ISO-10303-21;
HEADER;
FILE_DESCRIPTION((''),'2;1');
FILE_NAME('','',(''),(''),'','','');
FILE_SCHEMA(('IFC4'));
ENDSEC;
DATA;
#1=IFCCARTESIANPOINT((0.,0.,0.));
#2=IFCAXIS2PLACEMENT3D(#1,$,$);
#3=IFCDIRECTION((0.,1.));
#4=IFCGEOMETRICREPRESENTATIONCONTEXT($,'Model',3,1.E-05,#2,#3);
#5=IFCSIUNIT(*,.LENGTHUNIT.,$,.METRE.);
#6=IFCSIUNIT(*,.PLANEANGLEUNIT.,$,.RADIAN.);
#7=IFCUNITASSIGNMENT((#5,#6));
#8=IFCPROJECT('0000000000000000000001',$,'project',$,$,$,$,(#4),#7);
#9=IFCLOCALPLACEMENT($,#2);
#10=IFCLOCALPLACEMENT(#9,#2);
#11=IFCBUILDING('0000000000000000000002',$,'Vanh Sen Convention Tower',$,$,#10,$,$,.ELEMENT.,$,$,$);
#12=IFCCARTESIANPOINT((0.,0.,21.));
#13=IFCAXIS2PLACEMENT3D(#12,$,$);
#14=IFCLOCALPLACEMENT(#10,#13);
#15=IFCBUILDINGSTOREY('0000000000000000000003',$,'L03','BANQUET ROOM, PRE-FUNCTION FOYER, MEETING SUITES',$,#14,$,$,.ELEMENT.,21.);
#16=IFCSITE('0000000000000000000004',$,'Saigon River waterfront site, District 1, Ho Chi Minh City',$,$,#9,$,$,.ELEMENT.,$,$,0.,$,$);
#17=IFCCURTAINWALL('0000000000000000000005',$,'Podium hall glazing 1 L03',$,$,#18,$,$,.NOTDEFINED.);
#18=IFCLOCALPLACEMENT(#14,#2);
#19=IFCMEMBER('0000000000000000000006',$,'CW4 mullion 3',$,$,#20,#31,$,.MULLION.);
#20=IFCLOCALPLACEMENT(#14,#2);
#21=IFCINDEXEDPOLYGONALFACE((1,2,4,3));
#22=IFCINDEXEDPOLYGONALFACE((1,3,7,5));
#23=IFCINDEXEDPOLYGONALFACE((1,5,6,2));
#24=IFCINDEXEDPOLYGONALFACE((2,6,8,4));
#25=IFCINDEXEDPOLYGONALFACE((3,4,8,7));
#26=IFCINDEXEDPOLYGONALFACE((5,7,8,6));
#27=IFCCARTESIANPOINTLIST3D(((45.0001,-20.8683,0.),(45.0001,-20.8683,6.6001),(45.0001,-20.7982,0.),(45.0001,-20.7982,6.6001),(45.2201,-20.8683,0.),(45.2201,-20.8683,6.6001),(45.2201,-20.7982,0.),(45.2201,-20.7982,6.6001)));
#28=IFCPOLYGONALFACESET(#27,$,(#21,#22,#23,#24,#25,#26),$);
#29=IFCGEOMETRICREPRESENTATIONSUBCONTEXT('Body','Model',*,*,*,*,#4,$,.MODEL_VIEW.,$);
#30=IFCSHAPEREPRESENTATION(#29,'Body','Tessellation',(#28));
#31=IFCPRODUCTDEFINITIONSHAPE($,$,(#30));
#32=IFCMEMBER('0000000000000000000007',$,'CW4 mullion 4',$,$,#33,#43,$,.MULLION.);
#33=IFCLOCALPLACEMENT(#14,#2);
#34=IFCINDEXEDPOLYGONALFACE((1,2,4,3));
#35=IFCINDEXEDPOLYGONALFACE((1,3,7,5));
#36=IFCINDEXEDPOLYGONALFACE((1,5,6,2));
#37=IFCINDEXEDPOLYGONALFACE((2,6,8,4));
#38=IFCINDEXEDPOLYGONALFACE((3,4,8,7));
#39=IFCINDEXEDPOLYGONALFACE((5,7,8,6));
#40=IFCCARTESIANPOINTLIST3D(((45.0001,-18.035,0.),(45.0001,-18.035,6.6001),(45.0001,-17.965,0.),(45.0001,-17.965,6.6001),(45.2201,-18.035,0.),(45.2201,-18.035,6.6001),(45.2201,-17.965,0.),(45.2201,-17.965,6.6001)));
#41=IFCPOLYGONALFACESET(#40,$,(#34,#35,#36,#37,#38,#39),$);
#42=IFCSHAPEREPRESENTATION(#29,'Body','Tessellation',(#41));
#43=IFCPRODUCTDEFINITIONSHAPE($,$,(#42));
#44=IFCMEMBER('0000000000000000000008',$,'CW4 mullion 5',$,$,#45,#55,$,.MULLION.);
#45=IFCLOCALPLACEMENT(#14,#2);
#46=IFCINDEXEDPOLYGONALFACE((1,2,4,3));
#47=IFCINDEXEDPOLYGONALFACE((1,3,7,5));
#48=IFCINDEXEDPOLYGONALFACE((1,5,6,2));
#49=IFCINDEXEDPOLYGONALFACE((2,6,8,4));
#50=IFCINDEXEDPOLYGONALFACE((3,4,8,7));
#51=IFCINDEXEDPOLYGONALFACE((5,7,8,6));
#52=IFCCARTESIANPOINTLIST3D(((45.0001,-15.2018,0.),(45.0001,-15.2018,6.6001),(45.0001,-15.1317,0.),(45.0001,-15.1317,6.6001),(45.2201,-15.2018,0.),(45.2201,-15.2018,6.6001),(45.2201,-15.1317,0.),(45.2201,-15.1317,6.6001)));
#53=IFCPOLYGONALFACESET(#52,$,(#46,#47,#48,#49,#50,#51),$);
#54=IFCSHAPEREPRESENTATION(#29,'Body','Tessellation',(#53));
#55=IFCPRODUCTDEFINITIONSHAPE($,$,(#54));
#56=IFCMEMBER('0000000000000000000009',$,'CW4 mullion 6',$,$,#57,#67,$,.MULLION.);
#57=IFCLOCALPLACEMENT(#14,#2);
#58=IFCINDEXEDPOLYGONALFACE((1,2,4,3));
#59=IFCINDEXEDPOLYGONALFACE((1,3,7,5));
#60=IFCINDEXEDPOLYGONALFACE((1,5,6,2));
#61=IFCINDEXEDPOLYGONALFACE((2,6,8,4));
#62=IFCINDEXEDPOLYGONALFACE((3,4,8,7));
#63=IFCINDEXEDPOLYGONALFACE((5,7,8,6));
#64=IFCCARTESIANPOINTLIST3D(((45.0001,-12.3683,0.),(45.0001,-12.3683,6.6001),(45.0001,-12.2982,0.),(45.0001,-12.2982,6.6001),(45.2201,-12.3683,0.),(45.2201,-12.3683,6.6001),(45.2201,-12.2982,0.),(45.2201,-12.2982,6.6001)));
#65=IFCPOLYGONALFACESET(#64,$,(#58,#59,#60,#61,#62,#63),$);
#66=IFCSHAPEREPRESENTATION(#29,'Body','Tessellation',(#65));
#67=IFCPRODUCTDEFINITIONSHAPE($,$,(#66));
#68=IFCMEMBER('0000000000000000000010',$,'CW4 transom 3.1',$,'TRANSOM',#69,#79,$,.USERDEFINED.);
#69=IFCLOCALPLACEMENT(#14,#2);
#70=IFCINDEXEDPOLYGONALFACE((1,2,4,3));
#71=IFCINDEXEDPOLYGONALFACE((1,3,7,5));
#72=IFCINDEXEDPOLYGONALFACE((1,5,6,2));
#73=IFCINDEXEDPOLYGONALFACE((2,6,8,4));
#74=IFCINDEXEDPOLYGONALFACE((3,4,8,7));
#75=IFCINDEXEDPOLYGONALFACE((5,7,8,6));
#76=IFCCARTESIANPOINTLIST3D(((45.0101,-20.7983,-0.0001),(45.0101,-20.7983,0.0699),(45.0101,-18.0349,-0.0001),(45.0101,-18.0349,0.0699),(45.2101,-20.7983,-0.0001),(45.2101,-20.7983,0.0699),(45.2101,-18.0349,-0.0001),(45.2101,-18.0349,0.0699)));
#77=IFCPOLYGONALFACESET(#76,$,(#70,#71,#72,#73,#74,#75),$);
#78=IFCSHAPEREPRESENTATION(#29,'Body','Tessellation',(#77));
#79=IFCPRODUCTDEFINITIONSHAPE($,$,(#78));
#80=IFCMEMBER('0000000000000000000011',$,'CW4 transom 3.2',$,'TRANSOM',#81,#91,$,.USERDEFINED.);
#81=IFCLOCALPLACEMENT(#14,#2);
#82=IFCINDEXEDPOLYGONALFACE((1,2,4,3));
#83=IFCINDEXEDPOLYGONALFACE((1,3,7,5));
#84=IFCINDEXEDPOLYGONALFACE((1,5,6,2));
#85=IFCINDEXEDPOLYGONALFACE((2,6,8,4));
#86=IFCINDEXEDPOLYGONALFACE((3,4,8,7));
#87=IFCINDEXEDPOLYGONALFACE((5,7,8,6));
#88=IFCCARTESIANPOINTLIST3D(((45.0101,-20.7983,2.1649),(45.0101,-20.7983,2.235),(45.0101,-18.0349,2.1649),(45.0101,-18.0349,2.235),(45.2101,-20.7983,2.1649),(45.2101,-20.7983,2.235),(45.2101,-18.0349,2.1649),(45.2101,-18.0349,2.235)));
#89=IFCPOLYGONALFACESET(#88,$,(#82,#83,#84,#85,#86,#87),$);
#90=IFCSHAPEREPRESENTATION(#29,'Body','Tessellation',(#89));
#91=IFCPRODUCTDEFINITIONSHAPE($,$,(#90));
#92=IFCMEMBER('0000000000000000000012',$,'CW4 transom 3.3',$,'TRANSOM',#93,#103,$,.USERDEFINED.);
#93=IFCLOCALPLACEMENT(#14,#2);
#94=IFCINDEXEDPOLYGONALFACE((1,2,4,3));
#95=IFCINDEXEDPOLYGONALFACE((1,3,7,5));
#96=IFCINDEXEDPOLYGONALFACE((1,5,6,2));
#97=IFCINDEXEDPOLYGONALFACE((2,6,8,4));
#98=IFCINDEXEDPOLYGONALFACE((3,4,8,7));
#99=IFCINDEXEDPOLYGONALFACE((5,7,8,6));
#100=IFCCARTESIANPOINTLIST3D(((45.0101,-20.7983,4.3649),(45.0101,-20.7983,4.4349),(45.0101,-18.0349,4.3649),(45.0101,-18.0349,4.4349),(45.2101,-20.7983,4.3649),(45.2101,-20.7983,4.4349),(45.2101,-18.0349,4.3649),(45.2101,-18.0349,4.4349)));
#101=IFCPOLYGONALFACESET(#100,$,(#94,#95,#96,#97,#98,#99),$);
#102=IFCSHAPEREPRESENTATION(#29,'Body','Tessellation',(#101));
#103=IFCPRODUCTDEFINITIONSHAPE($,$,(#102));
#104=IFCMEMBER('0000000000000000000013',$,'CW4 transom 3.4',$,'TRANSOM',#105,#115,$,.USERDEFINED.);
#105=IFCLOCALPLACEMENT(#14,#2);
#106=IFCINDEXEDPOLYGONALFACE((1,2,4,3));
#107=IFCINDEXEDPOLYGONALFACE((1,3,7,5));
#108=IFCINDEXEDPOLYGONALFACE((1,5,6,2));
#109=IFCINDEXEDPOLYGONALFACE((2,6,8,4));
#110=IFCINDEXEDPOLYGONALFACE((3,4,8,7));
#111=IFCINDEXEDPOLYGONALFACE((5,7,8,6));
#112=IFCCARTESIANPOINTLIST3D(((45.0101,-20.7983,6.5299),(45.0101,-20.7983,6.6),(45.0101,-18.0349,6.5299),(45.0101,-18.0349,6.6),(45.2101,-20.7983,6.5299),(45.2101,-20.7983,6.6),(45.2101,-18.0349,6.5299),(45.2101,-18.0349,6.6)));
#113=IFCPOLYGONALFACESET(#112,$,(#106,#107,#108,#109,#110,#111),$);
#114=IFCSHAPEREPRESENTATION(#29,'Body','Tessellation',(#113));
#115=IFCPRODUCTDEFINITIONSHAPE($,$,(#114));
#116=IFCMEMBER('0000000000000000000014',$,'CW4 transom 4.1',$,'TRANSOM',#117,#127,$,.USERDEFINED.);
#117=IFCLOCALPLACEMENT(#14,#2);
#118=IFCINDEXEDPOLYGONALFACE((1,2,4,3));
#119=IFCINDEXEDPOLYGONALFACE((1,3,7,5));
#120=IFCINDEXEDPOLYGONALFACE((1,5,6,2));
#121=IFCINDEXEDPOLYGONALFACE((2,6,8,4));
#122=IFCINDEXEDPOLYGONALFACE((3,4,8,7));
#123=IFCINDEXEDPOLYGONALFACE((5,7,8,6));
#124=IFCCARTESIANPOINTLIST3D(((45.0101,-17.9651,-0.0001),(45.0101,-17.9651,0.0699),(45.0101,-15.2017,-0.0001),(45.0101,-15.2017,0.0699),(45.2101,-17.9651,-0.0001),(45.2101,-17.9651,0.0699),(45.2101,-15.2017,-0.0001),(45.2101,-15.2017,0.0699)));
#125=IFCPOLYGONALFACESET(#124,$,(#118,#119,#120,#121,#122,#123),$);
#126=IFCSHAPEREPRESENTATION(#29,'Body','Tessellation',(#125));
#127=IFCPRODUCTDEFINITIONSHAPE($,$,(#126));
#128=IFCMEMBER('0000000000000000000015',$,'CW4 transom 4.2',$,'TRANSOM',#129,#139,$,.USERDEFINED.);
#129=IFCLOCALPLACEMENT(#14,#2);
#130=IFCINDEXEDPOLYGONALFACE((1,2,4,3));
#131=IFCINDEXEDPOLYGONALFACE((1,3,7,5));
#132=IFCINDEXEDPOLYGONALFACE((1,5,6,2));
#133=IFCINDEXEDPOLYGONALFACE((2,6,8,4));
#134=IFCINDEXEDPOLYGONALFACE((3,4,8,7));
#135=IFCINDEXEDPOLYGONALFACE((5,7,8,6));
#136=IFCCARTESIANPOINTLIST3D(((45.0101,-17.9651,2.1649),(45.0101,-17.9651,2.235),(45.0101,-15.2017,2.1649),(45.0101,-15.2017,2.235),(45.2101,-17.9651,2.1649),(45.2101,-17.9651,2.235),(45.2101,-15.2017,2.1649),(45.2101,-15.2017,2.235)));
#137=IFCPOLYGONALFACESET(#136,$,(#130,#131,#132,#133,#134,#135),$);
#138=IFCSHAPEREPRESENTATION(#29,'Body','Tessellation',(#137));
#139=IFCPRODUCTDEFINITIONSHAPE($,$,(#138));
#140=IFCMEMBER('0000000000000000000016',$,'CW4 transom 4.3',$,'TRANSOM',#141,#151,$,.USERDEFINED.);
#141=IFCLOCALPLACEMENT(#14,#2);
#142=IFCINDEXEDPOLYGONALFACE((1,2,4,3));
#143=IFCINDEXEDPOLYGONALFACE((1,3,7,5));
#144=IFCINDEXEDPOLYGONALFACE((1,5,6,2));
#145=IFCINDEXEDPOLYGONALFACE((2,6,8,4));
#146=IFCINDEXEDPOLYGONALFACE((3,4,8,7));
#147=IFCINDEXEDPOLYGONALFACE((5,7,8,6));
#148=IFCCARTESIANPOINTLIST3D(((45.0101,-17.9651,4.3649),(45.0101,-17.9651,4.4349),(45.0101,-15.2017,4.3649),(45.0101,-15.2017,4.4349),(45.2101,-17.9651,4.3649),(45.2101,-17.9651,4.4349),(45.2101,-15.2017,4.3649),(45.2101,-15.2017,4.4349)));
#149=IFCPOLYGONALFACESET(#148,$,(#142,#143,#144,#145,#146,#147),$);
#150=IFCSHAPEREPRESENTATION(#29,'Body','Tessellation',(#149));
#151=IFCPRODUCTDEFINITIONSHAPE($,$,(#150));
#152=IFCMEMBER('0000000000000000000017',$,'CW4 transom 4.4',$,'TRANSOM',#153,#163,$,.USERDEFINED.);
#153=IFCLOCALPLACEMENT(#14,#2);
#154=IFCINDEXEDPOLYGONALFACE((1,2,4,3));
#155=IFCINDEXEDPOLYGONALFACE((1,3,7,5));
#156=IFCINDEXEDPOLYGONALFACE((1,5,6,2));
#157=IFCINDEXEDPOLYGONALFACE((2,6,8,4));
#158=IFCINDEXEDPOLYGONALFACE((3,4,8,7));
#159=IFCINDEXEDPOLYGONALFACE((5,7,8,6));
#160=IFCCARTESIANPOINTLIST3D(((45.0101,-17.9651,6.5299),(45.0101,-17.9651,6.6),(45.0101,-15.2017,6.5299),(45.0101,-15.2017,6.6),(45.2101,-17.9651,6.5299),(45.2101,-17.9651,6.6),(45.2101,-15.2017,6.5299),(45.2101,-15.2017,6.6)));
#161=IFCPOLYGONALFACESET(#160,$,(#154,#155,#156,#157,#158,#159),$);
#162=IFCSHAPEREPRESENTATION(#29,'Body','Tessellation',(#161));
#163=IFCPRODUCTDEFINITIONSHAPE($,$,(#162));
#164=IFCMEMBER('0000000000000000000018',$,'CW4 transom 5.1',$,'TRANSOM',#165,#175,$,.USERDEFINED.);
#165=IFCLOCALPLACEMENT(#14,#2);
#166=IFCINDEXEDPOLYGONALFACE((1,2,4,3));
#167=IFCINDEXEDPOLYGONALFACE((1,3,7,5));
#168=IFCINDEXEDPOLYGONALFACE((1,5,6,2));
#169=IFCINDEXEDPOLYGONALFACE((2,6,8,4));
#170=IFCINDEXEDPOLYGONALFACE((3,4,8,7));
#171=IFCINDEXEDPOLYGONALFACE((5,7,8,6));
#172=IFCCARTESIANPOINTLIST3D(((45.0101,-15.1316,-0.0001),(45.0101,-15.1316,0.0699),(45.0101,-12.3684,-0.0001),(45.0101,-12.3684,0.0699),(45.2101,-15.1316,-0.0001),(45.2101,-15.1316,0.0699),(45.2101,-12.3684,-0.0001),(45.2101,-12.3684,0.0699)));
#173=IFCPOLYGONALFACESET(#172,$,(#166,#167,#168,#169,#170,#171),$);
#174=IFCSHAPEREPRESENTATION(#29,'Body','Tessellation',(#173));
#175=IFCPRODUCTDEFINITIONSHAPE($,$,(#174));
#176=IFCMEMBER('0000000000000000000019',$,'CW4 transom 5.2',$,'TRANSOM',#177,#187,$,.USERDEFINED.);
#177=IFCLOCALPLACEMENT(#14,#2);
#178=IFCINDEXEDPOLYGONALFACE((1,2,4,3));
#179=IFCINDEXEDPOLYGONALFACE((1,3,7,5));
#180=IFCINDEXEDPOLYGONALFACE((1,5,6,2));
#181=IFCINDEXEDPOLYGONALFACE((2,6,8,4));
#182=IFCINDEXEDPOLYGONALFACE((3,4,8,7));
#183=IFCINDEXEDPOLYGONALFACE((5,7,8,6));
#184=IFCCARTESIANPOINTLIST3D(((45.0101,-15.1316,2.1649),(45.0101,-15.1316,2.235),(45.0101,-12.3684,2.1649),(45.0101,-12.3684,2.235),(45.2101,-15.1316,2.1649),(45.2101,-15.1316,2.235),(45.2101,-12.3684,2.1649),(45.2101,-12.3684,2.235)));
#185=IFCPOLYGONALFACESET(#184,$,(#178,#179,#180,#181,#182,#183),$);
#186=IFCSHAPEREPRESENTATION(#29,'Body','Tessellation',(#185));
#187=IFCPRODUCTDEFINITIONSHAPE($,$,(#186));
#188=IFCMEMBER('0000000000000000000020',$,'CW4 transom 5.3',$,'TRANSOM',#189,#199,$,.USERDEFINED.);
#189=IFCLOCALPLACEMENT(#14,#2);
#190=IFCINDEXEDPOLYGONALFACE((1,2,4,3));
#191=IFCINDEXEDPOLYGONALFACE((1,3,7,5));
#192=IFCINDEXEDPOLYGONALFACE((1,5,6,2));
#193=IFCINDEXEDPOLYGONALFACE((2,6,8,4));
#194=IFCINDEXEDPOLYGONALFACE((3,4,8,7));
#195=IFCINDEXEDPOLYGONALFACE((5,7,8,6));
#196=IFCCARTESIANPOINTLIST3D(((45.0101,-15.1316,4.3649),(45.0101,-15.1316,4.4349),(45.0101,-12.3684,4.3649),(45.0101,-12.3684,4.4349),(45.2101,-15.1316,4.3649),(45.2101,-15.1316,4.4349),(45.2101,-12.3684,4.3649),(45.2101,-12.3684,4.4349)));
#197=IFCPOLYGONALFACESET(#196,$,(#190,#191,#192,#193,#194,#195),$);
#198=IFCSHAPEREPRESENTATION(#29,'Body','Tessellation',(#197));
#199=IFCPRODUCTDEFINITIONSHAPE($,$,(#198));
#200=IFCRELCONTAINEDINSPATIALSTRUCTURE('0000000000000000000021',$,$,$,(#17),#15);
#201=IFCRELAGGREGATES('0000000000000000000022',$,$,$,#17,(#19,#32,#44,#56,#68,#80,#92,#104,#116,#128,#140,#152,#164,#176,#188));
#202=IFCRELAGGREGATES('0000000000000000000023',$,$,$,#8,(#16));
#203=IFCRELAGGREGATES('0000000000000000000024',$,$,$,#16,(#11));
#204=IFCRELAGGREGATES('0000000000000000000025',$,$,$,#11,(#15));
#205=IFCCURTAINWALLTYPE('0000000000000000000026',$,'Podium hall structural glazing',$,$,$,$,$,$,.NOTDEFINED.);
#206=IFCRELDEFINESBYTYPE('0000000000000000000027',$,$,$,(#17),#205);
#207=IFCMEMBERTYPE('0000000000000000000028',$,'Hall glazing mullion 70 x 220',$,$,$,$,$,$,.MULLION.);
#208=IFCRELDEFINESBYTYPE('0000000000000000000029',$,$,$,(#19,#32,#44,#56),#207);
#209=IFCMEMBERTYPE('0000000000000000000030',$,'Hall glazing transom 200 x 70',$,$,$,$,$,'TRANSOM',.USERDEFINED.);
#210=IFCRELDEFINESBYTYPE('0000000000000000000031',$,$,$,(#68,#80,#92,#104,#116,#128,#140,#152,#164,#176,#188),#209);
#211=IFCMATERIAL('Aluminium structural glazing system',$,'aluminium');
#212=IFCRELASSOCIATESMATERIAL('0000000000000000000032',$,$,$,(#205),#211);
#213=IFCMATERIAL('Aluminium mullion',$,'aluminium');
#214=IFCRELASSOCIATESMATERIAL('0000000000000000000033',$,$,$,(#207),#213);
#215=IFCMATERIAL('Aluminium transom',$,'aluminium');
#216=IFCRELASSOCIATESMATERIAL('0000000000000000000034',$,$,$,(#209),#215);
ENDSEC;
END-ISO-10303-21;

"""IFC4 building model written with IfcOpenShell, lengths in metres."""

from ifc_helpers import new_model, si_unit, direction, frame, origin, origin_2d, place, context, subcontext, project, spatial, rectangle, extrude, material, material_profile, profile_set, type_object, element, aggregate, save


model = new_model("IFC4")

# Units and contexts
model_context = context("Model", 3, precision=1e-05, world=origin(), true_north=direction((0.0, 1.0)))
body_context = subcontext(model_context, "Body", "Model", "MODEL_VIEW")
ifc_project = project(units=[si_unit("LENGTHUNIT", "METRE"), si_unit("PLANEANGLEUNIT", "RADIAN")], contexts=[model_context])

# Site, building, storey
site_placement = place(None, origin())
site = spatial("IfcSite", under=ifc_project, at=site_placement, Name="Saigon River waterfront site, District 1, Ho Chi Minh City", CompositionType="ELEMENT", RefElevation=0.0)
building_placement = place(site_placement, origin())
building = spatial("IfcBuilding", under=site, at=building_placement, Name="Vanh Sen Convention Tower", CompositionType="ELEMENT")
storey_placement = place(building_placement, frame((0.0, 0.0, 21.0)))
storey = spatial("IfcBuildingStorey", under=building, at=storey_placement, Name="L03", Description="BANQUET ROOM, PRE-FUNCTION FOYER, MEETING SUITES", CompositionType="ELEMENT", Elevation=21.0)

# Curtain wall, members
ifc_material_1 = material(Name="Aluminium structural glazing system", Category="aluminium")
curtain_wall_type = type_object("IfcCurtainWallType", Name="Podium hall structural glazing", PredefinedType="NOTDEFINED", material=ifc_material_1)
curtain_wall_placement = place(storey_placement, origin())
curtain_wall = element("IfcCurtainWall", 1, at=curtain_wall_placement, inside=storey, type_object=curtain_wall_type, Name="Podium hall glazing 1 L03", PredefinedType="NOTDEFINED")
ifc_material_2 = material(Name="Aluminium mullion", Category="aluminium")
ifc_material_profile_1 = material_profile(ifc_material_2, rectangle(XDim=0.22, YDim=0.0701, at=origin_2d()), Name="Hall glazing mullion 70 x 220")
ifc_profile_set_1 = profile_set([ifc_material_profile_1], Name="Aluminium mullion")
member_type_1 = type_object("IfcMemberType", Name="Hall glazing mullion 70 x 220", PredefinedType="MULLION", material=ifc_profile_set_1)
member_1_placement = place(storey_placement, frame((45.1101, -20.8333, 0.0), z_axis=(0.0, 0.0, 1.0), x_axis=(-1.0, 0.0, 0.0)))
member_1 = element("IfcMember", 2, at=member_1_placement, type_object=member_type_1, Name="CW4 mullion 3", PredefinedType="MULLION", context=body_context, shape_type="SweptSolid", body=[
    extrude(rectangle(XDim=0.22, YDim=0.0701, at=origin_2d()), origin(), (0.0, 0.0, 1.0), 6.6001),
])
member_2_placement = place(storey_placement, frame((45.1101, -18.0, 0.0), z_axis=(0.0, 0.0, 1.0), x_axis=(-1.0, 0.0, 0.0)))
member_2 = element("IfcMember", 3, at=member_2_placement, type_object=member_type_1, Name="CW4 mullion 4", PredefinedType="MULLION", context=body_context, shape_type="SweptSolid", body=[
    extrude(rectangle(XDim=0.22, YDim=0.0701, at=origin_2d()), origin(), (0.0, 0.0, 1.0), 6.6001),
])
member_3_placement = place(storey_placement, frame((45.1101, -15.1667, 0.0), z_axis=(0.0, 0.0, 1.0), x_axis=(-1.0, 0.0, 0.0)))
member_3 = element("IfcMember", 4, at=member_3_placement, type_object=member_type_1, Name="CW4 mullion 5", PredefinedType="MULLION", context=body_context, shape_type="SweptSolid", body=[
    extrude(rectangle(XDim=0.22, YDim=0.0701, at=origin_2d()), origin(), (0.0, 0.0, 1.0), 6.6001),
])
member_4_placement = place(storey_placement, frame((45.1101, -12.3333, 0.0), z_axis=(0.0, 0.0, 1.0), x_axis=(-1.0, 0.0, 0.0)))
member_4 = element("IfcMember", 5, at=member_4_placement, type_object=member_type_1, Name="CW4 mullion 6", PredefinedType="MULLION", context=body_context, shape_type="SweptSolid", body=[
    extrude(rectangle(XDim=0.22, YDim=0.0701, at=origin_2d()), origin(), (0.0, 0.0, 1.0), 6.6001),
])
ifc_material_3 = material(Name="Aluminium transom", Category="aluminium")
ifc_material_profile_2 = material_profile(ifc_material_3, rectangle(XDim=0.2, YDim=0.0701, at=origin_2d()), Name="Hall glazing transom 200 x 70")
ifc_profile_set_2 = profile_set([ifc_material_profile_2], Name="Aluminium transom")
member_type_2 = type_object("IfcMemberType", Name="Hall glazing transom 200 x 70", ElementType="TRANSOM", PredefinedType="USERDEFINED", material=ifc_profile_set_2)
member_5_placement = place(storey_placement, frame((45.1101, -20.7983, 0.0349), z_axis=(0.0, 1.0, 0.0), x_axis=(-1.0, 0.0, 0.0)))
member_5 = element("IfcMember", 6, at=member_5_placement, type_object=member_type_2, Name="CW4 transom 3.1", ObjectType="TRANSOM", PredefinedType="USERDEFINED", context=body_context, shape_type="SweptSolid", body=[
    extrude(rectangle(XDim=0.2, YDim=0.0701, at=origin_2d()), origin(), (0.0, 0.0, 1.0), 2.7634),
])
member_6_placement = place(storey_placement, frame((45.1101, -20.7983, 2.2), z_axis=(0.0, 1.0, 0.0), x_axis=(-1.0, 0.0, 0.0)))
member_6 = element("IfcMember", 7, at=member_6_placement, type_object=member_type_2, Name="CW4 transom 3.2", ObjectType="TRANSOM", PredefinedType="USERDEFINED", context=body_context, shape_type="SweptSolid", body=[
    extrude(rectangle(XDim=0.2, YDim=0.0701, at=origin_2d()), origin(), (0.0, 0.0, 1.0), 2.7634),
])
member_7_placement = place(storey_placement, frame((45.1101, -20.7983, 4.3999), z_axis=(0.0, 1.0, 0.0), x_axis=(-1.0, 0.0, 0.0)))
member_7 = element("IfcMember", 8, at=member_7_placement, type_object=member_type_2, Name="CW4 transom 3.3", ObjectType="TRANSOM", PredefinedType="USERDEFINED", context=body_context, shape_type="SweptSolid", body=[
    extrude(rectangle(XDim=0.2, YDim=0.0701, at=origin_2d()), origin(), (0.0, 0.0, 1.0), 2.7634),
])
member_8_placement = place(storey_placement, frame((45.1101, -20.7983, 6.5649), z_axis=(0.0, 1.0, 0.0), x_axis=(-1.0, 0.0, 0.0)))
member_8 = element("IfcMember", 9, at=member_8_placement, type_object=member_type_2, Name="CW4 transom 3.4", ObjectType="TRANSOM", PredefinedType="USERDEFINED", context=body_context, shape_type="SweptSolid", body=[
    extrude(rectangle(XDim=0.2, YDim=0.0701, at=origin_2d()), origin(), (0.0, 0.0, 1.0), 2.7634),
])
member_9_placement = place(storey_placement, frame((45.1101, -17.9651, 0.0349), z_axis=(0.0, 1.0, 0.0), x_axis=(-1.0, 0.0, 0.0)))
member_9 = element("IfcMember", 10, at=member_9_placement, type_object=member_type_2, Name="CW4 transom 4.1", ObjectType="TRANSOM", PredefinedType="USERDEFINED", context=body_context, shape_type="SweptSolid", body=[
    extrude(rectangle(XDim=0.2, YDim=0.0701, at=origin_2d()), origin(), (0.0, 0.0, 1.0), 2.7634),
])
member_10_placement = place(storey_placement, frame((45.1101, -17.9651, 2.2), z_axis=(0.0, 1.0, 0.0), x_axis=(-1.0, 0.0, 0.0)))
member_10 = element("IfcMember", 11, at=member_10_placement, type_object=member_type_2, Name="CW4 transom 4.2", ObjectType="TRANSOM", PredefinedType="USERDEFINED", context=body_context, shape_type="SweptSolid", body=[
    extrude(rectangle(XDim=0.2, YDim=0.0701, at=origin_2d()), origin(), (0.0, 0.0, 1.0), 2.7634),
])
member_11_placement = place(storey_placement, frame((45.1101, -17.9651, 4.3999), z_axis=(0.0, 1.0, 0.0), x_axis=(-1.0, 0.0, 0.0)))
member_11 = element("IfcMember", 12, at=member_11_placement, type_object=member_type_2, Name="CW4 transom 4.3", ObjectType="TRANSOM", PredefinedType="USERDEFINED", context=body_context, shape_type="SweptSolid", body=[
    extrude(rectangle(XDim=0.2, YDim=0.0701, at=origin_2d()), origin(), (0.0, 0.0, 1.0), 2.7634),
])
member_12_placement = place(storey_placement, frame((45.1101, -17.9651, 6.5649), z_axis=(0.0, 1.0, 0.0), x_axis=(-1.0, 0.0, 0.0)))
member_12 = element("IfcMember", 13, at=member_12_placement, type_object=member_type_2, Name="CW4 transom 4.4", ObjectType="TRANSOM", PredefinedType="USERDEFINED", context=body_context, shape_type="SweptSolid", body=[
    extrude(rectangle(XDim=0.2, YDim=0.0701, at=origin_2d()), origin(), (0.0, 0.0, 1.0), 2.7634),
])
member_13_placement = place(storey_placement, frame((45.1101, -15.1316, 0.0349), z_axis=(0.0, 1.0, 0.0), x_axis=(-1.0, 0.0, 0.0)))
member_13 = element("IfcMember", 14, at=member_13_placement, type_object=member_type_2, Name="CW4 transom 5.1", ObjectType="TRANSOM", PredefinedType="USERDEFINED", context=body_context, shape_type="SweptSolid", body=[
    extrude(rectangle(XDim=0.2, YDim=0.0701, at=origin_2d()), origin(), (0.0, 0.0, 1.0), 2.7632),
])
member_14_placement = place(storey_placement, frame((45.1101, -15.1316, 2.2), z_axis=(0.0, 1.0, 0.0), x_axis=(-1.0, 0.0, 0.0)))
member_14 = element("IfcMember", 15, at=member_14_placement, type_object=member_type_2, Name="CW4 transom 5.2", ObjectType="TRANSOM", PredefinedType="USERDEFINED", context=body_context, shape_type="SweptSolid", body=[
    extrude(rectangle(XDim=0.2, YDim=0.0701, at=origin_2d()), origin(), (0.0, 0.0, 1.0), 2.7632),
])
member_15_placement = place(storey_placement, frame((45.1101, -15.1316, 4.3999), z_axis=(0.0, 1.0, 0.0), x_axis=(-1.0, 0.0, 0.0)))
member_15 = element("IfcMember", 16, at=member_15_placement, type_object=member_type_2, Name="CW4 transom 5.3", ObjectType="TRANSOM", PredefinedType="USERDEFINED", context=body_context, shape_type="SweptSolid", body=[
    extrude(rectangle(XDim=0.2, YDim=0.0701, at=origin_2d()), origin(), (0.0, 0.0, 1.0), 2.7632),
])
aggregate(curtain_wall, [member_1, member_2, member_3, member_4, member_5, member_6, member_7, member_8, member_9, member_10, member_11, member_12, member_13, member_14, member_15])

save(model, "model.ifc")
